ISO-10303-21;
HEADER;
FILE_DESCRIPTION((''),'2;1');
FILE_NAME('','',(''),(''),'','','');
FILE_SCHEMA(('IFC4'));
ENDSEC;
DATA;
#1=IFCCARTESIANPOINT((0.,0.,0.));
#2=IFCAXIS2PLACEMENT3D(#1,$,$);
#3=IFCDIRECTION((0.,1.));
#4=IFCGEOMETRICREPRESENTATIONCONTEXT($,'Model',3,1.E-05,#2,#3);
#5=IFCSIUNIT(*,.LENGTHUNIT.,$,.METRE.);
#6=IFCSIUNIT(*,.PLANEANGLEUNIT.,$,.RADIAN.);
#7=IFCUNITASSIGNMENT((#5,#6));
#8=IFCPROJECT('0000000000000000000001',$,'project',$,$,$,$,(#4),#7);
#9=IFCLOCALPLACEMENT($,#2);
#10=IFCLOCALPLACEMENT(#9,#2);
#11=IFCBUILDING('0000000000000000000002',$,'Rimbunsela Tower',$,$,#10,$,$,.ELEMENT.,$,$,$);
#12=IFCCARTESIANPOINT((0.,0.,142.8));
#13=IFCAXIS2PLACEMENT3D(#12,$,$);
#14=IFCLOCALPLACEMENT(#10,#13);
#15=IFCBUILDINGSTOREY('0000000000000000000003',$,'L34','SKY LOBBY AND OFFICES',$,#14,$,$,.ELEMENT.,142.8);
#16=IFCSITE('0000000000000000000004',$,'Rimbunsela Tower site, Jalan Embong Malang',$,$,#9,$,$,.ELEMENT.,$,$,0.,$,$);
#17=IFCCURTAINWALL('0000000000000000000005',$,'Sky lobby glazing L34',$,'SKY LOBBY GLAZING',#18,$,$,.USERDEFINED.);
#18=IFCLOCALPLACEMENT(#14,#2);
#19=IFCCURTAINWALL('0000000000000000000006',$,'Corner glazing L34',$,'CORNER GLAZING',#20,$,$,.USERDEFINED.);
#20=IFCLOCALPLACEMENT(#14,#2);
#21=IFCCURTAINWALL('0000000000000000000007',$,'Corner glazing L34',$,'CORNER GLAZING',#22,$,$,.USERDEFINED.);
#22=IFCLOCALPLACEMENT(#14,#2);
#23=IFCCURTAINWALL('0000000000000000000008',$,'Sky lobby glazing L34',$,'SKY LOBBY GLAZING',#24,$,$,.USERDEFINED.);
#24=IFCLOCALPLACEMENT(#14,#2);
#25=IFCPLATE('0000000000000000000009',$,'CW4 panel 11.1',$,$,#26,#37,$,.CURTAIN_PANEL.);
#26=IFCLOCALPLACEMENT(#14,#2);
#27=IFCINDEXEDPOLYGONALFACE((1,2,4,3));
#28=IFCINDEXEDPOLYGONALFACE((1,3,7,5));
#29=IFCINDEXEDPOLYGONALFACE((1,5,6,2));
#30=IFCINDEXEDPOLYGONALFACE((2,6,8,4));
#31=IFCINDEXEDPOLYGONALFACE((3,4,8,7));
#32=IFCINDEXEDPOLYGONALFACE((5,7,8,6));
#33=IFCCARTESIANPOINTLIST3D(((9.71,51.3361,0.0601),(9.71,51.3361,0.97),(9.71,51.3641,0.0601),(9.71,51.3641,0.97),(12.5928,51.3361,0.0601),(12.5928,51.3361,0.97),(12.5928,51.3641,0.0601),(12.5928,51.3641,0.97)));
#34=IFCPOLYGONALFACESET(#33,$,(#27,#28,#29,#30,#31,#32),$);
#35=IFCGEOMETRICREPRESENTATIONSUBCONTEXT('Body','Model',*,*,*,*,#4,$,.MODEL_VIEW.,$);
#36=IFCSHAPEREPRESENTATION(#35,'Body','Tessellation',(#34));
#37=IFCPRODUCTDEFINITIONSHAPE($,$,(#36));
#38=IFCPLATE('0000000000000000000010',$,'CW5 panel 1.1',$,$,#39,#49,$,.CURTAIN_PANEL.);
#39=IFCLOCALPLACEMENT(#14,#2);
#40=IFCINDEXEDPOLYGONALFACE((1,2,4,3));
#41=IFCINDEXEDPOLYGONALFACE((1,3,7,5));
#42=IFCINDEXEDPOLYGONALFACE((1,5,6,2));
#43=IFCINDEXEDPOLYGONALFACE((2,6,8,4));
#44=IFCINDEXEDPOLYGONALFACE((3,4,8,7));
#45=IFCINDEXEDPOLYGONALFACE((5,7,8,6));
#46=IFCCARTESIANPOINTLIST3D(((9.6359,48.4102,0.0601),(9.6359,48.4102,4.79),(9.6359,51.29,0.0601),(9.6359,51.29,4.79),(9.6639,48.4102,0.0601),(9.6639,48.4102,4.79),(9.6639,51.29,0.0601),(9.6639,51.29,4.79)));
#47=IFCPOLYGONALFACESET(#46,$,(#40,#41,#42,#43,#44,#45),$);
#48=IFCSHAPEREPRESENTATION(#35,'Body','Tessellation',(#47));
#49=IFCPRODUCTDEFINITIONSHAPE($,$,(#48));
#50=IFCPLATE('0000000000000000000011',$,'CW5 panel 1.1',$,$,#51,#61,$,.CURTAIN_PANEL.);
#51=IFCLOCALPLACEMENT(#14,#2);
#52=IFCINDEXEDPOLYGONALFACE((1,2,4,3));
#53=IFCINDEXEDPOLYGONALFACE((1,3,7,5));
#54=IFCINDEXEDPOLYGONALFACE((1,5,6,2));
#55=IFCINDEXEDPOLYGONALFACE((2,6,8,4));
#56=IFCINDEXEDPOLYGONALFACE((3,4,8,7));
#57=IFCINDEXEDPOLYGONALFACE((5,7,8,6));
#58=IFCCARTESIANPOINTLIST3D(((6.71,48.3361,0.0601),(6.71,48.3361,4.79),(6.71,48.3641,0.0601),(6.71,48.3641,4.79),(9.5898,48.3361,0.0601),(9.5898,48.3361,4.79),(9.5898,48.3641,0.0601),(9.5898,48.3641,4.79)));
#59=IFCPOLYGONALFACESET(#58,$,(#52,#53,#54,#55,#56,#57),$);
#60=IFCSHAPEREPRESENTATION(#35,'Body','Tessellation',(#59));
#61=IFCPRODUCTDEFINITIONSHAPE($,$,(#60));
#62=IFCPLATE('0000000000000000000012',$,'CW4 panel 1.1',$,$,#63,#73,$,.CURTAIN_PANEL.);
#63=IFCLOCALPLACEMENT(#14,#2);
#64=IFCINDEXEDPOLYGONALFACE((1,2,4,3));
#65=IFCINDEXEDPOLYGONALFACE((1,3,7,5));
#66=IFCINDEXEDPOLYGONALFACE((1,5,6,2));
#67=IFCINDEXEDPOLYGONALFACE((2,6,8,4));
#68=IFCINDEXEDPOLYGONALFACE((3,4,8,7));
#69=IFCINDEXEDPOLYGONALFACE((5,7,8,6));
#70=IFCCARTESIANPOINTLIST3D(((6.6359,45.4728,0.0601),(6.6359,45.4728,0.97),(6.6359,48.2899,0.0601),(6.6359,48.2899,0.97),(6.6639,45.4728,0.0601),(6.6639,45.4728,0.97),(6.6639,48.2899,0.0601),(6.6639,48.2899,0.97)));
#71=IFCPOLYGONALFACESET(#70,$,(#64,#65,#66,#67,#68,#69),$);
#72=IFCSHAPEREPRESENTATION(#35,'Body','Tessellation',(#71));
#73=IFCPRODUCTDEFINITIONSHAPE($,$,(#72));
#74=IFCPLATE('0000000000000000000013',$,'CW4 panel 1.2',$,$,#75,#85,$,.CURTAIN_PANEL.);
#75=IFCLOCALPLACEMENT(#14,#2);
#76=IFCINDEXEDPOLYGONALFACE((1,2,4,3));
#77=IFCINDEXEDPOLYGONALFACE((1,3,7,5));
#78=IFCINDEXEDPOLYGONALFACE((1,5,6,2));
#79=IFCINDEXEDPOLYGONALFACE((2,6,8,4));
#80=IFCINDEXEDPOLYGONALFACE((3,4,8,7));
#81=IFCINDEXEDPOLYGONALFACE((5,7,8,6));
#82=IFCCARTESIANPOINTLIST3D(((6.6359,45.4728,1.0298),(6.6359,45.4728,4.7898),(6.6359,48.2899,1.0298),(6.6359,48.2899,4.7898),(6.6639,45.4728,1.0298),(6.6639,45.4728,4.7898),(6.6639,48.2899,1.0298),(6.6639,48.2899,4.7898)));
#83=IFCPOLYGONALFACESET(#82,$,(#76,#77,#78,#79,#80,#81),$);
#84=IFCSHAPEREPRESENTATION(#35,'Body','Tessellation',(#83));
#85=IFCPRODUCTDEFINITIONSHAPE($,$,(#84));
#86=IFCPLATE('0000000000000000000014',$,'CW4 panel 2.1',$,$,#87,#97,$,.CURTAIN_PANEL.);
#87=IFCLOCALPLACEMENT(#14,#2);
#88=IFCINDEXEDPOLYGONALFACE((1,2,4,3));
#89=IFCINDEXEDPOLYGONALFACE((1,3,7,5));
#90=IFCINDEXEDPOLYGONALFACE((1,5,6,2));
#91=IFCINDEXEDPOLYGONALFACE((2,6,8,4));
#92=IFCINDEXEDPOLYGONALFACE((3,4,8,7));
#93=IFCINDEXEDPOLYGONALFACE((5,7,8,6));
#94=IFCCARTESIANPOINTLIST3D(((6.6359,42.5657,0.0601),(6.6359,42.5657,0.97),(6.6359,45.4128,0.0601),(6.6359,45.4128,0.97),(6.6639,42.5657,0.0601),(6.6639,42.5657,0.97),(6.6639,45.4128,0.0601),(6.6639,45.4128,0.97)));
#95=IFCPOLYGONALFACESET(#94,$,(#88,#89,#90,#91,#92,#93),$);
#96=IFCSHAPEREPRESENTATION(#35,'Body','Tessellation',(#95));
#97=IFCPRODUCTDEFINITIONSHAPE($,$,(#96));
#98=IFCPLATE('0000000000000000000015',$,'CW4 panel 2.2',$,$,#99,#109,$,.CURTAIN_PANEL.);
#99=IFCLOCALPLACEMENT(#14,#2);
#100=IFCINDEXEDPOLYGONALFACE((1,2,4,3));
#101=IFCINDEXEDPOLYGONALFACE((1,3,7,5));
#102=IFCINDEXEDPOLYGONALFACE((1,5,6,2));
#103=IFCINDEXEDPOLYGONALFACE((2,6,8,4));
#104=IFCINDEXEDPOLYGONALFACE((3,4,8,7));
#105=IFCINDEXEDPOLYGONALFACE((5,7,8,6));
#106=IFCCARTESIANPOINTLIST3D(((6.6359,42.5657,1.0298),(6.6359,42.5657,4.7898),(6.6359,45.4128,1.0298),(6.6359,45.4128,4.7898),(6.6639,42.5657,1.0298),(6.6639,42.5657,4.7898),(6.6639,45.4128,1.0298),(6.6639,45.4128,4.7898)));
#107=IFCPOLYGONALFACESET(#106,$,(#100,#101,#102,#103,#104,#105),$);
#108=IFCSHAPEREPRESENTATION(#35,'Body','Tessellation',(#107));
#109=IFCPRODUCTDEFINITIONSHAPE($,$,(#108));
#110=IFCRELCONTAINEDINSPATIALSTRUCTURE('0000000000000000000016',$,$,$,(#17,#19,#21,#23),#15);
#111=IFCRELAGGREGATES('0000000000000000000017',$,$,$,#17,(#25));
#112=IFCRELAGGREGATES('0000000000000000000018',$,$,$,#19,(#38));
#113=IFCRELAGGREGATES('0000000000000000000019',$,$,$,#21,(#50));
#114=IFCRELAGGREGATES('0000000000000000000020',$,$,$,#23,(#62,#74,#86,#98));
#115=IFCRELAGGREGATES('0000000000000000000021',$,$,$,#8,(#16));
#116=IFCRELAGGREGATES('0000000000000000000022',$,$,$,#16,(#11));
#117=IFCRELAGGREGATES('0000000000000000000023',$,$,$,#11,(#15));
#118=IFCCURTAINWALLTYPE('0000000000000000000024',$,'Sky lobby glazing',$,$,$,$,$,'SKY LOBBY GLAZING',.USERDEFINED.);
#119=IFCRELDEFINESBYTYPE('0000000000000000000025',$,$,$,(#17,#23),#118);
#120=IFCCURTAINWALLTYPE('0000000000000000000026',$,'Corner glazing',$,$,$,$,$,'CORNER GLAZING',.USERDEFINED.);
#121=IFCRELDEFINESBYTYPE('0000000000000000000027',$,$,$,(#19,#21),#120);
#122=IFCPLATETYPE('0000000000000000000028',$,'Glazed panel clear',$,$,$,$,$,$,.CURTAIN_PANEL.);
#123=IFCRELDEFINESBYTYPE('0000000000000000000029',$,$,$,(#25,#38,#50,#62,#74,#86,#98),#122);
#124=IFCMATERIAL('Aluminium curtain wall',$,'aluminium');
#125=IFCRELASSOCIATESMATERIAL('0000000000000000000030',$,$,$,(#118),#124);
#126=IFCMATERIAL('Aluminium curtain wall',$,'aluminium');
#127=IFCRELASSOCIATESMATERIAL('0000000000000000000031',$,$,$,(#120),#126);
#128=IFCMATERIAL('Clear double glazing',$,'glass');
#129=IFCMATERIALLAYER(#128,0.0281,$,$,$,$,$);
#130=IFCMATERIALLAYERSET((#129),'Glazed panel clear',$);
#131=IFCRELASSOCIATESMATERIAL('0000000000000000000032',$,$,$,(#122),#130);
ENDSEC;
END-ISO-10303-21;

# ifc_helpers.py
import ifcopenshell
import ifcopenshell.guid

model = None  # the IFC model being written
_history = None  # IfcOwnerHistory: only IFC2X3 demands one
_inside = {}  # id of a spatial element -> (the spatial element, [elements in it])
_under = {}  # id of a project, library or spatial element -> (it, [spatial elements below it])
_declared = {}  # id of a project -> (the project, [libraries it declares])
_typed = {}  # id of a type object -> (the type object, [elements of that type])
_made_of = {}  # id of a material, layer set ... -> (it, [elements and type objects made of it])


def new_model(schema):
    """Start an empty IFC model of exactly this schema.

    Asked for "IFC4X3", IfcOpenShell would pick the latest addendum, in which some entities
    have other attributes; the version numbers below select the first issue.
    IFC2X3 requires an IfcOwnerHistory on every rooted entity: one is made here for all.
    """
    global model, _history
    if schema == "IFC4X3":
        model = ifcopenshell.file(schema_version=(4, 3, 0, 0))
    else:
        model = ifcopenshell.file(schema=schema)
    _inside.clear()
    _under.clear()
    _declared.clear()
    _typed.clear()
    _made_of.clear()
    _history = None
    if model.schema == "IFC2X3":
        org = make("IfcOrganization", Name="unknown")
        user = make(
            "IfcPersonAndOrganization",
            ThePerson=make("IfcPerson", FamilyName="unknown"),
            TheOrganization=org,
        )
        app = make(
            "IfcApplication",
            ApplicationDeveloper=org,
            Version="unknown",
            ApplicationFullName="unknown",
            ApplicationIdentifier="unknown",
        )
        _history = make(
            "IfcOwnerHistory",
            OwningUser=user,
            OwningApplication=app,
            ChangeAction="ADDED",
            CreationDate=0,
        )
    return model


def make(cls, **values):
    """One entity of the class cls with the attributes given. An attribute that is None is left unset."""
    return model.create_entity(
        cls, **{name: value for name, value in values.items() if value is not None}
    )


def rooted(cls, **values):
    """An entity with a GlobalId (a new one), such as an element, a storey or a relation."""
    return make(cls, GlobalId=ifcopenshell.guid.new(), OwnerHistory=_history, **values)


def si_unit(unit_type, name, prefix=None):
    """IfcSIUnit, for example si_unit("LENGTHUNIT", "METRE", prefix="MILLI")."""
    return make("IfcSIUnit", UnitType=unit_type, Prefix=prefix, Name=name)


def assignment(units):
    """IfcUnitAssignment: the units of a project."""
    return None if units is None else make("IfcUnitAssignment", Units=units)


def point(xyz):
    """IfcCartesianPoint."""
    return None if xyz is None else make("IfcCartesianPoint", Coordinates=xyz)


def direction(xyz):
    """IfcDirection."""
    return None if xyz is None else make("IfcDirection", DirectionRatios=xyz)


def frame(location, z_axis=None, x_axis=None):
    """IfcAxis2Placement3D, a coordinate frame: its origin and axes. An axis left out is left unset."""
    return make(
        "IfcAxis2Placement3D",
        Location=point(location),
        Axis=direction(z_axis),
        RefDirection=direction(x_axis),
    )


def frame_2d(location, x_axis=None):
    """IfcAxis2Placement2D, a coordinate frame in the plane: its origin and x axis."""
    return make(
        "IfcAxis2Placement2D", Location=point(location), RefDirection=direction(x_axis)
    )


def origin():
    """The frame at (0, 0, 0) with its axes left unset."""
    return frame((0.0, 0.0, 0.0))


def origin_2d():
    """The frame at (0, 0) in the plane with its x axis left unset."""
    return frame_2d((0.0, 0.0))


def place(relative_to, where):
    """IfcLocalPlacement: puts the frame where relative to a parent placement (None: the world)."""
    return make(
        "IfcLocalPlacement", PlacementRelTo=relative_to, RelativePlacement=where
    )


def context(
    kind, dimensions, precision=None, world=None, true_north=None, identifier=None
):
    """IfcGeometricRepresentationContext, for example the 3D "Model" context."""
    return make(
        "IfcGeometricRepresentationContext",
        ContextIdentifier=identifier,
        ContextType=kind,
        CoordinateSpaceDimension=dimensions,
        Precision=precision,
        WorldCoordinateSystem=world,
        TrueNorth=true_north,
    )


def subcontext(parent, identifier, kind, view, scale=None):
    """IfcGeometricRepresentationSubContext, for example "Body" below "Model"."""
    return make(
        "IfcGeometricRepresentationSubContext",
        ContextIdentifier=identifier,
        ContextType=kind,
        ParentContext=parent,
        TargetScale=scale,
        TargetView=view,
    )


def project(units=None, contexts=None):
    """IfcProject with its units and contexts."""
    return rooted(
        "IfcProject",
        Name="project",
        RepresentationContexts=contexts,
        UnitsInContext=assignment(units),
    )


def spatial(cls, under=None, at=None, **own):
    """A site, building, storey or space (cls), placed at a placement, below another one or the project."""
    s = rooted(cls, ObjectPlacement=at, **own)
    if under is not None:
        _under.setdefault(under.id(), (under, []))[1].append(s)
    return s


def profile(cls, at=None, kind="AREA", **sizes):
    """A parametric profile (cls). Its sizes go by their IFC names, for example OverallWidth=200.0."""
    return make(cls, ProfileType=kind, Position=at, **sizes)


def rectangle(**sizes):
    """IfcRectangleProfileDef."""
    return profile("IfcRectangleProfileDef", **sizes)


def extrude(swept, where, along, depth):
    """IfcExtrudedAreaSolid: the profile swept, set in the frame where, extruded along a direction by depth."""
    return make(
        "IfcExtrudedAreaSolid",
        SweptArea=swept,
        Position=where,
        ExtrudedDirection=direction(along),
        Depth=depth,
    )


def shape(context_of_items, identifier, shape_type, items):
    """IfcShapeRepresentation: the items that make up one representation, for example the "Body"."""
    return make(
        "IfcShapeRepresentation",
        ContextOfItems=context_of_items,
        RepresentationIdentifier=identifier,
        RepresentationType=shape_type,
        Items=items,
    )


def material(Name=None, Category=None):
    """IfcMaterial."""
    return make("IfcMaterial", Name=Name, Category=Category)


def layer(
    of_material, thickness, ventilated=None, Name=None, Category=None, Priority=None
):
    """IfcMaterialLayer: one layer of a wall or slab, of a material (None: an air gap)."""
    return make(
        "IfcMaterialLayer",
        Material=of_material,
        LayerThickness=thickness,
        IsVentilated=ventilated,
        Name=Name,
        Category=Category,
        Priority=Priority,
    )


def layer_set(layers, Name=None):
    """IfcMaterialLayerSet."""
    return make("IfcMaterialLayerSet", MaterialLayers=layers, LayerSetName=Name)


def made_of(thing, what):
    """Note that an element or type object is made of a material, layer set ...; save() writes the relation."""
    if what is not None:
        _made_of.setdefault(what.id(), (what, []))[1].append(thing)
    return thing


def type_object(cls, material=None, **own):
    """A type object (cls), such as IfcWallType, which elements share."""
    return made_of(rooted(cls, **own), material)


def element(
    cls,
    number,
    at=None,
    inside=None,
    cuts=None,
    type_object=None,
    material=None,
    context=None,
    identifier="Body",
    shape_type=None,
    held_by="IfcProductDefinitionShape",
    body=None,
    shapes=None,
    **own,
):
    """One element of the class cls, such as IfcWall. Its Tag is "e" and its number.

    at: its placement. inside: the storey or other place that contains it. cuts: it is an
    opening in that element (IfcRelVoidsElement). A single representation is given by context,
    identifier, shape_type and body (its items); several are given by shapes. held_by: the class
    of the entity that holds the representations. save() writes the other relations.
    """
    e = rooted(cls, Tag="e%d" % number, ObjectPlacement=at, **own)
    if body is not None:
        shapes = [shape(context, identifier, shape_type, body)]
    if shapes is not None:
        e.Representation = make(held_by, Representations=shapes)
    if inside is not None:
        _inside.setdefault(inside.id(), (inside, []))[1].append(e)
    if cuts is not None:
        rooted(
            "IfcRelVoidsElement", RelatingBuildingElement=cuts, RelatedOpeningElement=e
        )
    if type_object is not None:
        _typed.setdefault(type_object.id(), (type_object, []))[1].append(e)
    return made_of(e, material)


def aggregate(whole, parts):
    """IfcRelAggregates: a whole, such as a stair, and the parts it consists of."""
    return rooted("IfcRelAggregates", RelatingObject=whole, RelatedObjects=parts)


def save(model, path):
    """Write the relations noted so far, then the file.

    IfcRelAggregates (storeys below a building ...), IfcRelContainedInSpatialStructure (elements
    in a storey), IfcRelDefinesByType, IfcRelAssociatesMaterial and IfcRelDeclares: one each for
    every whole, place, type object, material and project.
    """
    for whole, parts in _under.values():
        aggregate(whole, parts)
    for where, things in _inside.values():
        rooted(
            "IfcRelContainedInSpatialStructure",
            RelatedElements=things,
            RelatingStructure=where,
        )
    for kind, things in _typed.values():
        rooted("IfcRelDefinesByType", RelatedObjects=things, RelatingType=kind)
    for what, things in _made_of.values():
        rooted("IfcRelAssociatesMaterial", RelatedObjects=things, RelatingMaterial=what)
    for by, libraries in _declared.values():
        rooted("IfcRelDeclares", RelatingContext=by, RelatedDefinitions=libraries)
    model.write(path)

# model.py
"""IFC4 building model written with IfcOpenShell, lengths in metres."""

from ifc_helpers import new_model, si_unit, direction, frame, origin, origin_2d, place, context, subcontext, project, spatial, rectangle, extrude, material, layer, layer_set, type_object, element, aggregate, save


model = new_model("IFC4")

# Units and contexts
model_context = context("Model", 3, precision=1e-05, world=origin(), true_north=direction((0.0, 1.0)))
body_context = subcontext(model_context, "Body", "Model", "MODEL_VIEW")
ifc_project = project(units=[si_unit("LENGTHUNIT", "METRE"), si_unit("PLANEANGLEUNIT", "RADIAN")], contexts=[model_context])

# Site, building, storey
site_placement = place(None, origin())
site = spatial("IfcSite", under=ifc_project, at=site_placement, Name="Rimbunsela Tower site, Jalan Embong Malang", CompositionType="ELEMENT", RefElevation=0.0)
building_placement = place(site_placement, origin())
building = spatial("IfcBuilding", under=site, at=building_placement, Name="Rimbunsela Tower", CompositionType="ELEMENT")
storey_placement = place(building_placement, frame((0.0, 0.0, 142.8)))
storey = spatial("IfcBuildingStorey", under=building, at=storey_placement, Name="L34", Description="SKY LOBBY AND OFFICES", CompositionType="ELEMENT", Elevation=142.8)

# Curtain wall
ifc_material_1 = material(Name="Aluminium curtain wall", Category="aluminium")
curtain_wall_type_1 = type_object("IfcCurtainWallType", Name="Sky lobby glazing", ElementType="SKY LOBBY GLAZING", PredefinedType="USERDEFINED", material=ifc_material_1)
curtain_wall_1_placement = place(storey_placement, origin())
curtain_wall_1 = element("IfcCurtainWall", 1, at=curtain_wall_1_placement, inside=storey, type_object=curtain_wall_type_1, Name="Sky lobby glazing L34", ObjectType="SKY LOBBY GLAZING", PredefinedType="USERDEFINED")

# Curtain walls
ifc_material_2 = material(Name="Aluminium curtain wall", Category="aluminium")
curtain_wall_type_2 = type_object("IfcCurtainWallType", Name="Corner glazing", ElementType="CORNER GLAZING", PredefinedType="USERDEFINED", material=ifc_material_2)
curtain_wall_2_placement = place(storey_placement, origin())
curtain_wall_2 = element("IfcCurtainWall", 2, at=curtain_wall_2_placement, inside=storey, type_object=curtain_wall_type_2, Name="Corner glazing L34", ObjectType="CORNER GLAZING", PredefinedType="USERDEFINED")
curtain_wall_3_placement = place(storey_placement, origin())
curtain_wall_3 = element("IfcCurtainWall", 3, at=curtain_wall_3_placement, inside=storey, type_object=curtain_wall_type_2, Name="Corner glazing L34", ObjectType="CORNER GLAZING", PredefinedType="USERDEFINED")
curtain_wall_4_placement = place(storey_placement, origin())
curtain_wall_4 = element("IfcCurtainWall", 4, at=curtain_wall_4_placement, inside=storey, type_object=curtain_wall_type_1, Name="Sky lobby glazing L34", ObjectType="SKY LOBBY GLAZING", PredefinedType="USERDEFINED")

# Plates
ifc_material_3 = material(Name="Clear double glazing", Category="glass")
ifc_layer = layer(ifc_material_3, 0.0281)
ifc_layer_set = layer_set([ifc_layer], Name="Glazed panel clear")
plate_type = type_object("IfcPlateType", Name="Glazed panel clear", PredefinedType="CURTAIN_PANEL", material=ifc_layer_set)
plate_1_placement = place(storey_placement, frame((11.1514, 51.3501, 0.0601), z_axis=(0.0, 0.0, 1.0), x_axis=(-1.0, 0.0, 0.0)))
plate_1 = element("IfcPlate", 5, at=plate_1_placement, type_object=plate_type, Name="CW4 panel 11.1", PredefinedType="CURTAIN_PANEL", context=body_context, shape_type="SweptSolid", body=[
    extrude(rectangle(XDim=2.8828, YDim=0.0281, at=origin_2d()), origin(), (0.0, 0.0, 1.0), 0.9099),
])
aggregate(curtain_wall_1, [plate_1])
plate_2_placement = place(storey_placement, frame((9.6499, 49.8501, 0.0601), z_axis=(0.0, 0.0, 1.0), x_axis=(0.0, -1.0, 0.0)))
plate_2 = element("IfcPlate", 6, at=plate_2_placement, type_object=plate_type, Name="CW5 panel 1.1", PredefinedType="CURTAIN_PANEL", context=body_context, shape_type="SweptSolid", body=[
    extrude(rectangle(XDim=2.8799, YDim=0.0281, at=origin_2d()), origin(), (0.0, 0.0, 1.0), 4.73),
])
aggregate(curtain_wall_2, [plate_2])
plate_3_placement = place(storey_placement, frame((8.1499, 48.3501, 0.0601), z_axis=(0.0, 0.0, 1.0), x_axis=(-1.0, 0.0, 0.0)))
plate_3 = element("IfcPlate", 7, at=plate_3_placement, type_object=plate_type, Name="CW5 panel 1.1", PredefinedType="CURTAIN_PANEL", context=body_context, shape_type="SweptSolid", body=[
    extrude(rectangle(XDim=2.8799, YDim=0.0281, at=origin_2d()), origin(), (0.0, 0.0, 1.0), 4.73),
])
aggregate(curtain_wall_3, [plate_3])
plate_4_placement = place(storey_placement, frame((6.6499, 46.8813, 0.0601), z_axis=(0.0, 0.0, 1.0), x_axis=(0.0, -1.0, 0.0)))
plate_4 = element("IfcPlate", 8, at=plate_4_placement, type_object=plate_type, Name="CW4 panel 1.1", PredefinedType="CURTAIN_PANEL", context=body_context, shape_type="SweptSolid", body=[
    extrude(rectangle(XDim=2.8171, YDim=0.0281, at=origin_2d()), origin(), (0.0, 0.0, 1.0), 0.9099),
])
plate_5_placement = place(storey_placement, frame((6.6499, 46.8813, 1.0298), z_axis=(0.0, 0.0, 1.0), x_axis=(0.0, -1.0, 0.0)))
plate_5 = element("IfcPlate", 9, at=plate_5_placement, type_object=plate_type, Name="CW4 panel 1.2", PredefinedType="CURTAIN_PANEL", context=body_context, shape_type="SweptSolid", body=[
    extrude(rectangle(XDim=2.8171, YDim=0.0281, at=origin_2d()), origin(), (0.0, 0.0, 1.0), 3.76),
])
plate_6_placement = place(storey_placement, frame((6.6499, 43.9893, 0.0601), z_axis=(0.0, 0.0, 1.0), x_axis=(0.0, -1.0, 0.0)))
plate_6 = element("IfcPlate", 10, at=plate_6_placement, type_object=plate_type, Name="CW4 panel 2.1", PredefinedType="CURTAIN_PANEL", context=body_context, shape_type="SweptSolid", body=[
    extrude(rectangle(XDim=2.8472, YDim=0.0281, at=origin_2d()), origin(), (0.0, 0.0, 1.0), 0.9099),
])
plate_7_placement = place(storey_placement, frame((6.6499, 43.9893, 1.0298), z_axis=(0.0, 0.0, 1.0), x_axis=(0.0, -1.0, 0.0)))
plate_7 = element("IfcPlate", 11, at=plate_7_placement, type_object=plate_type, Name="CW4 panel 2.2", PredefinedType="CURTAIN_PANEL", context=body_context, shape_type="SweptSolid", body=[
    extrude(rectangle(XDim=2.8472, YDim=0.0281, at=origin_2d()), origin(), (0.0, 0.0, 1.0), 3.76),
])
aggregate(curtain_wall_4, [plate_4, plate_5, plate_6, plate_7])

save(model, "model.ifc")
